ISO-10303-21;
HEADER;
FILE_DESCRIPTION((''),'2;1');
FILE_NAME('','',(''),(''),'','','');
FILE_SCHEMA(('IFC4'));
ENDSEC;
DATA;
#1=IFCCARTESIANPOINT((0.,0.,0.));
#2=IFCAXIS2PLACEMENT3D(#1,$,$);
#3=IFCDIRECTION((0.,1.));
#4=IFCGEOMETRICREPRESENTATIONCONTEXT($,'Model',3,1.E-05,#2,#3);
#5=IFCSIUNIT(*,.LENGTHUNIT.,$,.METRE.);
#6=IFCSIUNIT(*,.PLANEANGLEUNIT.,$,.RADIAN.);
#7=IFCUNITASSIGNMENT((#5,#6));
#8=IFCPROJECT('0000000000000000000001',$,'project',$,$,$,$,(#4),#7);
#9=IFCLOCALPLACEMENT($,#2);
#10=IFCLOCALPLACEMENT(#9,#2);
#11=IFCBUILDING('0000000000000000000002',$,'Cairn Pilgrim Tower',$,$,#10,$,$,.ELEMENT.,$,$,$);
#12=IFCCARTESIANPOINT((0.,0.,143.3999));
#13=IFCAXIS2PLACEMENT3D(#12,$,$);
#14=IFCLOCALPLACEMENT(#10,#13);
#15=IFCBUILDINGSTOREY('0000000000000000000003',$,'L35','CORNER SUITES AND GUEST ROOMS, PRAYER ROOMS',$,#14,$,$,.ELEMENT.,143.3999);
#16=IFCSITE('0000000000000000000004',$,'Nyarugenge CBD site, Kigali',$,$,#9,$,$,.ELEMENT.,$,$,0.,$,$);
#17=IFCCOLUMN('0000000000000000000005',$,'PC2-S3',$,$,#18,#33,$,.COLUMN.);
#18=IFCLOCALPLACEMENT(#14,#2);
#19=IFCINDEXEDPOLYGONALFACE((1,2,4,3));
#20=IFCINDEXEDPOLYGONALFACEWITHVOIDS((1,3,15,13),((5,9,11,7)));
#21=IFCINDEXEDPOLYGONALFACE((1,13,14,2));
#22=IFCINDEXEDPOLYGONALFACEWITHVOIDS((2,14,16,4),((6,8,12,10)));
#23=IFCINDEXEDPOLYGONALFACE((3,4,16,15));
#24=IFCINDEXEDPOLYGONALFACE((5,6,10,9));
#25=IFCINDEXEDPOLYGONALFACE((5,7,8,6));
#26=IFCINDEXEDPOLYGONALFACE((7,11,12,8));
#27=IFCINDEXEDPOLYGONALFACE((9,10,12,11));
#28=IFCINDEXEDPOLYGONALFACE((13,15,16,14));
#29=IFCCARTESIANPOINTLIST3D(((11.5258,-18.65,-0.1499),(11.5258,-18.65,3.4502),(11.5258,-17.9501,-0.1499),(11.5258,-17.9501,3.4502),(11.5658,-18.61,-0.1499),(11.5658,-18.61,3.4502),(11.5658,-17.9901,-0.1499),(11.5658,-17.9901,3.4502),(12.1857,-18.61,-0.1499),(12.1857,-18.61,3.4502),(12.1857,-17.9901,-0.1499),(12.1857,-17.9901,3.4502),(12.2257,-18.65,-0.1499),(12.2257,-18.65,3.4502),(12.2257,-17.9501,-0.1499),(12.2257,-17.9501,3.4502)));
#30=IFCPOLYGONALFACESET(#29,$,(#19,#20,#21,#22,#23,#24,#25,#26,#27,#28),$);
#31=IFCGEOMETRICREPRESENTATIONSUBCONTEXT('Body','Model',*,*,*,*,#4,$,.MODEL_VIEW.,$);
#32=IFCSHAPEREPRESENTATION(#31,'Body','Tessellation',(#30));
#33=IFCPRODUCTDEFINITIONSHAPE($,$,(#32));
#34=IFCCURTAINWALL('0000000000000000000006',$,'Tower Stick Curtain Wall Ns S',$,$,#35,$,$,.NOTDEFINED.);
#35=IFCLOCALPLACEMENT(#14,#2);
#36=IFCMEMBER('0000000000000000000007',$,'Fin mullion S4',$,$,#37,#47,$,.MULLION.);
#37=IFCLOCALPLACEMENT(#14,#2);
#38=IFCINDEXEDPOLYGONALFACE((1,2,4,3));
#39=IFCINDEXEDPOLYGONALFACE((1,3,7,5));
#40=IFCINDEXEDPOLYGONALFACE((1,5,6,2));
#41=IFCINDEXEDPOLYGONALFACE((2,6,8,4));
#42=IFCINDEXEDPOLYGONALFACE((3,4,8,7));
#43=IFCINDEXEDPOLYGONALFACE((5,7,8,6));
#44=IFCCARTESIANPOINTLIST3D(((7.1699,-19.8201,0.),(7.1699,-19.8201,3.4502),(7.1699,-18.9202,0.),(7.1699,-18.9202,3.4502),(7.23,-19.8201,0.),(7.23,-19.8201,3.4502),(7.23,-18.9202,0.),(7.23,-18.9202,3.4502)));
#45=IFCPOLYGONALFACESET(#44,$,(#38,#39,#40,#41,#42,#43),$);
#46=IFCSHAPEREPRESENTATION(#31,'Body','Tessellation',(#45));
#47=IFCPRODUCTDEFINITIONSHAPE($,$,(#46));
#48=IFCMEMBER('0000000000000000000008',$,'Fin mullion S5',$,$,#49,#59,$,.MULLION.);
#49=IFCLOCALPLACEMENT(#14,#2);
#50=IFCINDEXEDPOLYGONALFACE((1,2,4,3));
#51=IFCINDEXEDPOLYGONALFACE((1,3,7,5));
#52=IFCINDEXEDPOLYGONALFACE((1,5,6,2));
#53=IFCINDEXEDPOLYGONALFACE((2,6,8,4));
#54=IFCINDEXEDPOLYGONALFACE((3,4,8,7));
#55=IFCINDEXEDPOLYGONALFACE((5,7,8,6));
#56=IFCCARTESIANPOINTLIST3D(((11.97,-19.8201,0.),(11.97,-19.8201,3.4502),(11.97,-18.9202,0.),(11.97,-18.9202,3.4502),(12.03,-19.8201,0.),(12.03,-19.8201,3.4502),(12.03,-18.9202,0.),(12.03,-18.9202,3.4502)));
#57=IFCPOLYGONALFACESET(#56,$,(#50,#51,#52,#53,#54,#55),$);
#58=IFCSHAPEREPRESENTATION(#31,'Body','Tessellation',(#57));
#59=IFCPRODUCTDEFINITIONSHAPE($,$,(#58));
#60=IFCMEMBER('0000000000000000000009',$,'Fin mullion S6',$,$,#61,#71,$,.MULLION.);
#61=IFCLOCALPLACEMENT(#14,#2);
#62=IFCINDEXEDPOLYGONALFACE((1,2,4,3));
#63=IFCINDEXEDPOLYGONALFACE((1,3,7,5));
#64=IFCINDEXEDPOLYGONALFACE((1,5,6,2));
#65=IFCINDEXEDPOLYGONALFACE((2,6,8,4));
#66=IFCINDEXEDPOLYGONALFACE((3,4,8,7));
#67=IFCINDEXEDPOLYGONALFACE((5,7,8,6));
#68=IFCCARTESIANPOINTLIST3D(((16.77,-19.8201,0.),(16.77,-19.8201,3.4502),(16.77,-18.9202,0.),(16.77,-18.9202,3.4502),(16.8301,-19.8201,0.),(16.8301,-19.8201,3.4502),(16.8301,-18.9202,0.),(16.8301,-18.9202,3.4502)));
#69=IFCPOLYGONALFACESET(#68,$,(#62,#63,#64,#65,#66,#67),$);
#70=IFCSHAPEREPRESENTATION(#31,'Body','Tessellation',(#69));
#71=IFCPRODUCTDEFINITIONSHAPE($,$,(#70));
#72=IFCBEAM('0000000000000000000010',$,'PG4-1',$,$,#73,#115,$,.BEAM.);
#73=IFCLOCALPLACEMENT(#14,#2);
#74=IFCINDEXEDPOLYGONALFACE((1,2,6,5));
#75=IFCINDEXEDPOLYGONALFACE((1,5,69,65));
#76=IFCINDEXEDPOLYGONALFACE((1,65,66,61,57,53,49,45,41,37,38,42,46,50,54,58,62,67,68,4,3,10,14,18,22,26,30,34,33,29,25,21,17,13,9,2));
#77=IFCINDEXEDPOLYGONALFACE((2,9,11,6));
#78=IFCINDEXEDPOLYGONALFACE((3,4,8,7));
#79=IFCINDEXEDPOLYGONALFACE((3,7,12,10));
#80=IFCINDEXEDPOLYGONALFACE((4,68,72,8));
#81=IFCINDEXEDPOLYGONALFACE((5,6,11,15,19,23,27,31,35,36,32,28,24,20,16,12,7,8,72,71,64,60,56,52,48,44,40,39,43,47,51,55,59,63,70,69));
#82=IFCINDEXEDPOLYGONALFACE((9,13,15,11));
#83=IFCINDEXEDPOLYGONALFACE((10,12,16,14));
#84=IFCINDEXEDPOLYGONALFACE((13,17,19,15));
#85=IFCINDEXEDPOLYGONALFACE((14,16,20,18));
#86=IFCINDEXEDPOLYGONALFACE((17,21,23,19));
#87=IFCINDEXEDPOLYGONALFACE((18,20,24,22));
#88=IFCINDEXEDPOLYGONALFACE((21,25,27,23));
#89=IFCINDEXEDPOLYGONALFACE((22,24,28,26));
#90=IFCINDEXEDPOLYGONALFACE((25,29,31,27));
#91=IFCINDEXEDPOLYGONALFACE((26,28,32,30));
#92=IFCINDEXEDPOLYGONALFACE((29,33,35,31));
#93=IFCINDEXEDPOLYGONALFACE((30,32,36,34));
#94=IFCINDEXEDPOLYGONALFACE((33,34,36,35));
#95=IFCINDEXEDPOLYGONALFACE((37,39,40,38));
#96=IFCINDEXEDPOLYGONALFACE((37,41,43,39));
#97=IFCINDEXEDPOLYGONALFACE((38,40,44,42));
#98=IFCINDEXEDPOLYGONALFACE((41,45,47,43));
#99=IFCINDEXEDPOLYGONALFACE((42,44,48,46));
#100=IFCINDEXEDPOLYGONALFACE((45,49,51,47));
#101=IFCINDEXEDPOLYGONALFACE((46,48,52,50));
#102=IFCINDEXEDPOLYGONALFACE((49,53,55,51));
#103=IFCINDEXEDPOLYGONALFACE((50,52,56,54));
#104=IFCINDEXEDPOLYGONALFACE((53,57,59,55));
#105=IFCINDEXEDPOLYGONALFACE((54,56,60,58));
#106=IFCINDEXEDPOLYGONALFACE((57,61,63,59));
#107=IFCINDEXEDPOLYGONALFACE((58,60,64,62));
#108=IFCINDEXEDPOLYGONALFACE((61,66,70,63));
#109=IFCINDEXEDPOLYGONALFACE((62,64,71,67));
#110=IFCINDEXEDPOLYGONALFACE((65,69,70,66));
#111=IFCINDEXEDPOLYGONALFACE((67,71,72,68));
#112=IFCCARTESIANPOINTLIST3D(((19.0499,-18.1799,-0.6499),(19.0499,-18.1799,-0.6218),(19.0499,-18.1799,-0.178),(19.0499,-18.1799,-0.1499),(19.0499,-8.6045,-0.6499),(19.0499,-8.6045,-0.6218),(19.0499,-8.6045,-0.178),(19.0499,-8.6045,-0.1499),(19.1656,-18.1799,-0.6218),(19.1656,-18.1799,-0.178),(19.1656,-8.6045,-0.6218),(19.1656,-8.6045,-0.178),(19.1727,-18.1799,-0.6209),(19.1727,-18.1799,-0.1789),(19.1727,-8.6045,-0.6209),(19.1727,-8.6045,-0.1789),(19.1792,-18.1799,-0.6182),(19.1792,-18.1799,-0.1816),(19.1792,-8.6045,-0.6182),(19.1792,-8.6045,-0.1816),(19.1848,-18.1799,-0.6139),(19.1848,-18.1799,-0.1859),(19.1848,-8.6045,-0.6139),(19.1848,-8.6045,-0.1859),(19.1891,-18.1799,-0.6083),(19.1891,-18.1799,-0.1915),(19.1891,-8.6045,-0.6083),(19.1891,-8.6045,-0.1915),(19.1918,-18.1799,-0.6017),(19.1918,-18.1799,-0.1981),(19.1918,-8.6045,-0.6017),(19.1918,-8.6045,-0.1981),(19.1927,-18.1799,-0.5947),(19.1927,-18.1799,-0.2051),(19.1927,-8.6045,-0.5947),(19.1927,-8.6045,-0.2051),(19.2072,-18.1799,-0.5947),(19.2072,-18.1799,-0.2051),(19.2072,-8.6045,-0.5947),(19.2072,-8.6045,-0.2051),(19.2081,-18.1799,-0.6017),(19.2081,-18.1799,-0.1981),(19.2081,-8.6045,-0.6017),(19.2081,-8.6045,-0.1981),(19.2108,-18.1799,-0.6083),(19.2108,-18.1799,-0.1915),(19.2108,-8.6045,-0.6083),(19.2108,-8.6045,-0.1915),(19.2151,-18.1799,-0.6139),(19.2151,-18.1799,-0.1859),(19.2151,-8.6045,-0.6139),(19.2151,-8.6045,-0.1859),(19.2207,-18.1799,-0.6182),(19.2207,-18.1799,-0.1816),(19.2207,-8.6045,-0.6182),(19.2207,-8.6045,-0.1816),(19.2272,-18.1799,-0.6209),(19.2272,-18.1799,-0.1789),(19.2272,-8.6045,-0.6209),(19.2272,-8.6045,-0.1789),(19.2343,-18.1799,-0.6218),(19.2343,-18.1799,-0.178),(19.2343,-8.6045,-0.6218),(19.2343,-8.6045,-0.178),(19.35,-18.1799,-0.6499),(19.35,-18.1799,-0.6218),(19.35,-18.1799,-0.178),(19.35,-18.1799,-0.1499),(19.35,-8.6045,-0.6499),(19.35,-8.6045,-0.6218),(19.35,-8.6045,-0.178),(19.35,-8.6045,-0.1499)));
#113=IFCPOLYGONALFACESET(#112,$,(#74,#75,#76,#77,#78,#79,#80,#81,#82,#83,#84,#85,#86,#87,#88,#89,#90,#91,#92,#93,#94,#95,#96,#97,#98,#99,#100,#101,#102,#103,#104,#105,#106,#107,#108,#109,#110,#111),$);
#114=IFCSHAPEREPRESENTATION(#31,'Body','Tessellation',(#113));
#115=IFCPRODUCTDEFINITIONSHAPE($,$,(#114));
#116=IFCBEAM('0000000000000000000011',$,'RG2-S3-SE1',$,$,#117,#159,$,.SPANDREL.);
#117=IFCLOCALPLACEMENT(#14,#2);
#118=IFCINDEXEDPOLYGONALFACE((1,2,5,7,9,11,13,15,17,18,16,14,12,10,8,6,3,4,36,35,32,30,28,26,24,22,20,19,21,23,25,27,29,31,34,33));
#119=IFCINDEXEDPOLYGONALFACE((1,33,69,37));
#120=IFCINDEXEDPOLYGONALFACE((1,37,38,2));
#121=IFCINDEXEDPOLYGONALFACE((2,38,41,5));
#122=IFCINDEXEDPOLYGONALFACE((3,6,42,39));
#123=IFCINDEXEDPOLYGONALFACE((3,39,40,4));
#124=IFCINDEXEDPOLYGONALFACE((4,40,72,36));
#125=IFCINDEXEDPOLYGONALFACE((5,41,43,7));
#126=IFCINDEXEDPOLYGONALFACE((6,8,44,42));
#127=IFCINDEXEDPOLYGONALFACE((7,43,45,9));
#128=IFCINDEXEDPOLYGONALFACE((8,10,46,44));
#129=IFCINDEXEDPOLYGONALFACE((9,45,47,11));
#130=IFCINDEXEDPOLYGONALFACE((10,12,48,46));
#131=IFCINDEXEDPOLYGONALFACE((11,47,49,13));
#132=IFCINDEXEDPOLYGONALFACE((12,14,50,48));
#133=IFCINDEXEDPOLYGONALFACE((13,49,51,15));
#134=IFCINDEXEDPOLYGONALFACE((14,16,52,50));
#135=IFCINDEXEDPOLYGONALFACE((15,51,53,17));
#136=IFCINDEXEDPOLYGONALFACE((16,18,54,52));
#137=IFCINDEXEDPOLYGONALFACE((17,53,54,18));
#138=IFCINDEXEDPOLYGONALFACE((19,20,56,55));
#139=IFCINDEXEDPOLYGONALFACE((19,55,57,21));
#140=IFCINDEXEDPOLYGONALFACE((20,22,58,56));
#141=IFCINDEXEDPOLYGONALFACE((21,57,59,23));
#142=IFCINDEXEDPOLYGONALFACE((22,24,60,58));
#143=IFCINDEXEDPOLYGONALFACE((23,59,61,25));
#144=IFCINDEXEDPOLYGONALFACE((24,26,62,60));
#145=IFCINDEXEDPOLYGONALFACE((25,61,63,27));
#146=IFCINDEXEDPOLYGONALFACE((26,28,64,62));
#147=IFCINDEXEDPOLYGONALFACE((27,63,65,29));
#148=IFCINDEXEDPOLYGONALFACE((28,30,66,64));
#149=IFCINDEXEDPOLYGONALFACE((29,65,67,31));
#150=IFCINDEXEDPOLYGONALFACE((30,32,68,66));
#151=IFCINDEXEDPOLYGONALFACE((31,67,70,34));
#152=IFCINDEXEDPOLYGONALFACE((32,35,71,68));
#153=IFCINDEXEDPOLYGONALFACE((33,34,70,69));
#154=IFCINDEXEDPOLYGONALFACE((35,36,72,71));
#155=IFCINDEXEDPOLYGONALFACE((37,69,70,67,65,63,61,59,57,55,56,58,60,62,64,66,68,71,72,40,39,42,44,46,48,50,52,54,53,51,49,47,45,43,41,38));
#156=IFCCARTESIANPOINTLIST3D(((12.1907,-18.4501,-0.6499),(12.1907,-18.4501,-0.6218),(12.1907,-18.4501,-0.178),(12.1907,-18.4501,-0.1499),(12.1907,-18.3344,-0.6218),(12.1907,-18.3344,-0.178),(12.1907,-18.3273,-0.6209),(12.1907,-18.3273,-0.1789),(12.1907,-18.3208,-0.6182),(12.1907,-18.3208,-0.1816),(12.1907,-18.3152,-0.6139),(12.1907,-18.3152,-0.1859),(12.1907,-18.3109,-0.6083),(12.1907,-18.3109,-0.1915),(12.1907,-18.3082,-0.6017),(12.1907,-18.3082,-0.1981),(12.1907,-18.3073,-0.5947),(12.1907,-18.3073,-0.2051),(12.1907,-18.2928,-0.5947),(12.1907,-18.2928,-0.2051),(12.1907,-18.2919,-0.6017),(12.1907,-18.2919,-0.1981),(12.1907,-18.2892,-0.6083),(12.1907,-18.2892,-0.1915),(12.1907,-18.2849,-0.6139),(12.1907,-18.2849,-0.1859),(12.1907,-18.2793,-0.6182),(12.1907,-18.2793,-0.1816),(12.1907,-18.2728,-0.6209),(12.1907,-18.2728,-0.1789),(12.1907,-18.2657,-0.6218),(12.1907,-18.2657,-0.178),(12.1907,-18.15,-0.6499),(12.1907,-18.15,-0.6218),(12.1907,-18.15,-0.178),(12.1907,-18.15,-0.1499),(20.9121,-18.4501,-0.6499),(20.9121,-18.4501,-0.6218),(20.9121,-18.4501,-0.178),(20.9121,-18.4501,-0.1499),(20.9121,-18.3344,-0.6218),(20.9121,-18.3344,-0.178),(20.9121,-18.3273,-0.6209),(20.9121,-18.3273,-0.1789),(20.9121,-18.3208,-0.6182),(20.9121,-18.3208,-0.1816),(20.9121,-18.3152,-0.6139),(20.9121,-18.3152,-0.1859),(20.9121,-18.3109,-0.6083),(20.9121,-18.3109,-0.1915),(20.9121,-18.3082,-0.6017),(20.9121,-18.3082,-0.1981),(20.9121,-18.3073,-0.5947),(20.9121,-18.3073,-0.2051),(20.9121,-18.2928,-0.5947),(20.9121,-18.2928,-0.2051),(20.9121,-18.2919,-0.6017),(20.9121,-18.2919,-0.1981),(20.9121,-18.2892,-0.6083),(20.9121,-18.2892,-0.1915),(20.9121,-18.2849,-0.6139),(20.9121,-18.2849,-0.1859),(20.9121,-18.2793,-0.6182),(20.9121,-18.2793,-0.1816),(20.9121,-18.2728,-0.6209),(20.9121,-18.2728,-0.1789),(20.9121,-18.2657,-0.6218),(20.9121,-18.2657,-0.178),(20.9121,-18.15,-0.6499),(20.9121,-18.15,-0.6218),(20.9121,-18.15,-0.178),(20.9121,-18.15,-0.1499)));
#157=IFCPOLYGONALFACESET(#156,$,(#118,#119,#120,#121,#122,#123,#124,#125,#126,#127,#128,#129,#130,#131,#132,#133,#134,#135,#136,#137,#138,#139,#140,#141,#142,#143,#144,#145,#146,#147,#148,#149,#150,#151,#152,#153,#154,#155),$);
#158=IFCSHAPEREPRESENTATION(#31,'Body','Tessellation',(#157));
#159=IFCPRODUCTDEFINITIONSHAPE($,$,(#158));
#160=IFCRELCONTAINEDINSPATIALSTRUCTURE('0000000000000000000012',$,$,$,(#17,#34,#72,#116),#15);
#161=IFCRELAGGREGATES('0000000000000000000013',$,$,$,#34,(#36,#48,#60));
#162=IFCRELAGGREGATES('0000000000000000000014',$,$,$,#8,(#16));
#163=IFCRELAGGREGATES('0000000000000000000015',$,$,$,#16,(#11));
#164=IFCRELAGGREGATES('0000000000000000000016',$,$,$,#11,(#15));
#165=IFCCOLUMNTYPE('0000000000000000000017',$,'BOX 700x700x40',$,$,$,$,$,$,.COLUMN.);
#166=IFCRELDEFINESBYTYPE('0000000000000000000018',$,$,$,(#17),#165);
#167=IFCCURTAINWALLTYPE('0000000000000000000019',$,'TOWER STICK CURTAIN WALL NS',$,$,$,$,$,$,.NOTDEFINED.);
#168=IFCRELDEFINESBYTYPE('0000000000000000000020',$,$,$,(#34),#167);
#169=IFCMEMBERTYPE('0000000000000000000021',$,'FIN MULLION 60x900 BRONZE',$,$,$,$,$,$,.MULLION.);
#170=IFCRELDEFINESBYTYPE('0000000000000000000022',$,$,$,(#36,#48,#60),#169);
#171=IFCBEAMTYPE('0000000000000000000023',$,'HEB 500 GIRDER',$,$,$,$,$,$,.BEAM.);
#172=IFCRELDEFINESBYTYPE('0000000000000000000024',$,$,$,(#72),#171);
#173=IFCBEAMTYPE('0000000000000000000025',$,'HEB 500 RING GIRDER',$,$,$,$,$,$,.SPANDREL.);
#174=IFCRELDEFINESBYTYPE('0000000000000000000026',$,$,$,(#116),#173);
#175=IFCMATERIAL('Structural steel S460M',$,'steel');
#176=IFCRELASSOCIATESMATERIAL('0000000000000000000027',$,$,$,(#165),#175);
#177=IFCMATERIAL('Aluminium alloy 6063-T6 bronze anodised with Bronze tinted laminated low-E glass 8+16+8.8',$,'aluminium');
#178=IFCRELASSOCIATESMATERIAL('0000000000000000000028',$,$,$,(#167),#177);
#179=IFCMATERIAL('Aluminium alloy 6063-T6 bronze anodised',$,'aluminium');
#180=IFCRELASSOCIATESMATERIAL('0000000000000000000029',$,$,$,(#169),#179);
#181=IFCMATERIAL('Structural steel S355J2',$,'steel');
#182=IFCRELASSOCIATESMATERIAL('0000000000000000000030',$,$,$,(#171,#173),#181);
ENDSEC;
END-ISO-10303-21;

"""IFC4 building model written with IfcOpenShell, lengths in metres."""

from ifc_helpers import new_model, si_unit, direction, frame, origin, origin_2d, place, context, subcontext, project, spatial, rectangle, hollow_rectangle, i_section, extrude, material, material_profile, profile_set, type_object, element, aggregate, save


model = new_model("IFC4")

# Units and contexts
model_context = context("Model", 3, precision=1e-05, world=origin(), true_north=direction((0.0, 1.0)))
body_context = subcontext(model_context, "Body", "Model", "MODEL_VIEW")
ifc_project = project(units=[si_unit("LENGTHUNIT", "METRE"), si_unit("PLANEANGLEUNIT", "RADIAN")], contexts=[model_context])

# Site, building, storey
site_placement = place(None, origin())
site = spatial("IfcSite", under=ifc_project, at=site_placement, Name="Nyarugenge CBD site, Kigali", CompositionType="ELEMENT", RefElevation=0.0)
building_placement = place(site_placement, origin())
building = spatial("IfcBuilding", under=site, at=building_placement, Name="Cairn Pilgrim Tower", CompositionType="ELEMENT")
storey_placement = place(building_placement, frame((0.0, 0.0, 143.3999)))
storey = spatial("IfcBuildingStorey", under=building, at=storey_placement, Name="L35", Description="CORNER SUITES AND GUEST ROOMS, PRAYER ROOMS", CompositionType="ELEMENT", Elevation=143.3999)

# Column
ifc_material_1 = material(Name="Structural steel S460M", Category="steel")
ifc_material_profile_1 = material_profile(ifc_material_1, hollow_rectangle(XDim=0.7, YDim=0.7, WallThickness=0.04, at=origin_2d()), Name="BOX 700x700x40")
ifc_profile_set_1 = profile_set([ifc_material_profile_1], Name="Structural steel S460M")
column_type = type_object("IfcColumnType", Name="BOX 700x700x40", PredefinedType="COLUMN", material=ifc_profile_set_1)
column_placement = place(storey_placement, frame((11.8757, -18.3, -0.1499), z_axis=(0.0, 0.0, 1.0), x_axis=(1.0, 0.0, 0.0)))
element("IfcColumn", 1, at=column_placement, inside=storey, type_object=column_type, Name="PC2-S3", PredefinedType="COLUMN", context=body_context, shape_type="SweptSolid", body=[
    extrude(hollow_rectangle(XDim=0.7, YDim=0.7, WallThickness=0.04, at=origin_2d()), origin(), (0.0, 0.0, 1.0), 3.6001),
])

# Curtain wall, members
ifc_material_2 = material(Name="Aluminium alloy 6063-T6 bronze anodised with Bronze tinted laminated low-E glass 8+16+8.8", Category="aluminium")
curtain_wall_type = type_object("IfcCurtainWallType", Name="TOWER STICK CURTAIN WALL NS", PredefinedType="NOTDEFINED", material=ifc_material_2)
curtain_wall_placement = place(storey_placement, origin())
curtain_wall = element("IfcCurtainWall", 2, at=curtain_wall_placement, inside=storey, type_object=curtain_wall_type, Name="Tower Stick Curtain Wall Ns S", PredefinedType="NOTDEFINED")
ifc_material_3 = material(Name="Aluminium alloy 6063-T6 bronze anodised", Category="aluminium")
ifc_material_profile_2 = material_profile(ifc_material_3, rectangle(XDim=0.8999, YDim=0.0601, at=origin_2d()), Name="FIN MULLION 60x900 BRONZE")
ifc_profile_set_2 = profile_set([ifc_material_profile_2], Name="Aluminium alloy 6063-T6 bronze anodised")
member_type = type_object("IfcMemberType", Name="FIN MULLION 60x900 BRONZE", PredefinedType="MULLION", material=ifc_profile_set_2)
member_1_placement = place(storey_placement, frame((7.2, -19.3701, 0.0), z_axis=(0.0, 0.0, 1.0), x_axis=(0.0, -1.0, 0.0)))
member_1 = element("IfcMember", 3, at=member_1_placement, type_object=member_type, Name="Fin mullion S4", PredefinedType="MULLION", context=body_context, shape_type="SweptSolid", body=[
    extrude(rectangle(XDim=0.8999, YDim=0.0601, at=origin_2d()), origin(), (0.0, 0.0, 1.0), 3.4502),
])
member_2_placement = place(storey_placement, frame((12.0, -19.3701, 0.0), z_axis=(0.0, 0.0, 1.0), x_axis=(0.0, -1.0, 0.0)))
member_2 = element("IfcMember", 4, at=member_2_placement, type_object=member_type, Name="Fin mullion S5", PredefinedType="MULLION", context=body_context, shape_type="SweptSolid", body=[
    extrude(rectangle(XDim=0.8999, YDim=0.0601, at=origin_2d()), origin(), (0.0, 0.0, 1.0), 3.4502),
])
member_3_placement = place(storey_placement, frame((16.8, -19.3701, 0.0), z_axis=(0.0, 0.0, 1.0), x_axis=(0.0, -1.0, 0.0)))
member_3 = element("IfcMember", 5, at=member_3_placement, type_object=member_type, Name="Fin mullion S6", PredefinedType="MULLION", context=body_context, shape_type="SweptSolid", body=[
    extrude(rectangle(XDim=0.8999, YDim=0.0601, at=origin_2d()), origin(), (0.0, 0.0, 1.0), 3.4502),
])
aggregate(curtain_wall, [member_1, member_2, member_3])

# Beams
ifc_material_4 = material(Name="Structural steel S355J2", Category="steel")
ifc_material_profile_3 = material_profile(ifc_material_4, i_section(OverallWidth=0.3, OverallDepth=0.5, WebThickness=0.0144, FlangeThickness=0.0281, FilletRadius=0.0271, at=origin_2d()), Name="HEB 500")
ifc_profile_set_3 = profile_set([ifc_material_profile_3], Name="Structural steel S355J2")
beam_type_1 = type_object("IfcBeamType", Name="HEB 500 GIRDER", PredefinedType="BEAM", material=ifc_profile_set_3)
beam_1_placement = place(storey_placement, frame((19.2, -18.1799, -0.3999), z_axis=(0.0, 1.0, 0.0), x_axis=(-1.0, 0.0, 0.0)))
element("IfcBeam", 6, at=beam_1_placement, inside=storey, type_object=beam_type_1, Name="PG4-1", PredefinedType="BEAM", context=body_context, shape_type="SweptSolid", body=[
    extrude(i_section(OverallWidth=0.3, OverallDepth=0.5, WebThickness=0.0144, FlangeThickness=0.0281, FilletRadius=0.0271, at=origin_2d()), origin(), (0.0, 0.0, 1.0), 9.5754),
])
ifc_material_profile_4 = material_profile(ifc_material_4, i_section(OverallWidth=0.3, OverallDepth=0.5, WebThickness=0.0144, FlangeThickness=0.0281, FilletRadius=0.0271, at=origin_2d()), Name="HEB 500")
ifc_profile_set_4 = profile_set([ifc_material_profile_4], Name="Structural steel S355J2")
beam_type_2 = type_object("IfcBeamType", Name="HEB 500 RING GIRDER", PredefinedType="SPANDREL", material=ifc_profile_set_4)
beam_2_placement = place(storey_placement, frame((12.1907, -18.3, -0.3999), z_axis=(1.0, 0.0, 0.0), x_axis=(0.0, 1.0, 0.0)))
element("IfcBeam", 7, at=beam_2_placement, inside=storey, type_object=beam_type_2, Name="RG2-S3-SE1", PredefinedType="SPANDREL", context=body_context, shape_type="SweptSolid", body=[
    extrude(i_section(OverallWidth=0.3, OverallDepth=0.5, WebThickness=0.0144, FlangeThickness=0.0281, FilletRadius=0.0271, at=origin_2d()), origin(), (0.0, 0.0, 1.0), 8.7214),
])

save(model, "model.ifc")
